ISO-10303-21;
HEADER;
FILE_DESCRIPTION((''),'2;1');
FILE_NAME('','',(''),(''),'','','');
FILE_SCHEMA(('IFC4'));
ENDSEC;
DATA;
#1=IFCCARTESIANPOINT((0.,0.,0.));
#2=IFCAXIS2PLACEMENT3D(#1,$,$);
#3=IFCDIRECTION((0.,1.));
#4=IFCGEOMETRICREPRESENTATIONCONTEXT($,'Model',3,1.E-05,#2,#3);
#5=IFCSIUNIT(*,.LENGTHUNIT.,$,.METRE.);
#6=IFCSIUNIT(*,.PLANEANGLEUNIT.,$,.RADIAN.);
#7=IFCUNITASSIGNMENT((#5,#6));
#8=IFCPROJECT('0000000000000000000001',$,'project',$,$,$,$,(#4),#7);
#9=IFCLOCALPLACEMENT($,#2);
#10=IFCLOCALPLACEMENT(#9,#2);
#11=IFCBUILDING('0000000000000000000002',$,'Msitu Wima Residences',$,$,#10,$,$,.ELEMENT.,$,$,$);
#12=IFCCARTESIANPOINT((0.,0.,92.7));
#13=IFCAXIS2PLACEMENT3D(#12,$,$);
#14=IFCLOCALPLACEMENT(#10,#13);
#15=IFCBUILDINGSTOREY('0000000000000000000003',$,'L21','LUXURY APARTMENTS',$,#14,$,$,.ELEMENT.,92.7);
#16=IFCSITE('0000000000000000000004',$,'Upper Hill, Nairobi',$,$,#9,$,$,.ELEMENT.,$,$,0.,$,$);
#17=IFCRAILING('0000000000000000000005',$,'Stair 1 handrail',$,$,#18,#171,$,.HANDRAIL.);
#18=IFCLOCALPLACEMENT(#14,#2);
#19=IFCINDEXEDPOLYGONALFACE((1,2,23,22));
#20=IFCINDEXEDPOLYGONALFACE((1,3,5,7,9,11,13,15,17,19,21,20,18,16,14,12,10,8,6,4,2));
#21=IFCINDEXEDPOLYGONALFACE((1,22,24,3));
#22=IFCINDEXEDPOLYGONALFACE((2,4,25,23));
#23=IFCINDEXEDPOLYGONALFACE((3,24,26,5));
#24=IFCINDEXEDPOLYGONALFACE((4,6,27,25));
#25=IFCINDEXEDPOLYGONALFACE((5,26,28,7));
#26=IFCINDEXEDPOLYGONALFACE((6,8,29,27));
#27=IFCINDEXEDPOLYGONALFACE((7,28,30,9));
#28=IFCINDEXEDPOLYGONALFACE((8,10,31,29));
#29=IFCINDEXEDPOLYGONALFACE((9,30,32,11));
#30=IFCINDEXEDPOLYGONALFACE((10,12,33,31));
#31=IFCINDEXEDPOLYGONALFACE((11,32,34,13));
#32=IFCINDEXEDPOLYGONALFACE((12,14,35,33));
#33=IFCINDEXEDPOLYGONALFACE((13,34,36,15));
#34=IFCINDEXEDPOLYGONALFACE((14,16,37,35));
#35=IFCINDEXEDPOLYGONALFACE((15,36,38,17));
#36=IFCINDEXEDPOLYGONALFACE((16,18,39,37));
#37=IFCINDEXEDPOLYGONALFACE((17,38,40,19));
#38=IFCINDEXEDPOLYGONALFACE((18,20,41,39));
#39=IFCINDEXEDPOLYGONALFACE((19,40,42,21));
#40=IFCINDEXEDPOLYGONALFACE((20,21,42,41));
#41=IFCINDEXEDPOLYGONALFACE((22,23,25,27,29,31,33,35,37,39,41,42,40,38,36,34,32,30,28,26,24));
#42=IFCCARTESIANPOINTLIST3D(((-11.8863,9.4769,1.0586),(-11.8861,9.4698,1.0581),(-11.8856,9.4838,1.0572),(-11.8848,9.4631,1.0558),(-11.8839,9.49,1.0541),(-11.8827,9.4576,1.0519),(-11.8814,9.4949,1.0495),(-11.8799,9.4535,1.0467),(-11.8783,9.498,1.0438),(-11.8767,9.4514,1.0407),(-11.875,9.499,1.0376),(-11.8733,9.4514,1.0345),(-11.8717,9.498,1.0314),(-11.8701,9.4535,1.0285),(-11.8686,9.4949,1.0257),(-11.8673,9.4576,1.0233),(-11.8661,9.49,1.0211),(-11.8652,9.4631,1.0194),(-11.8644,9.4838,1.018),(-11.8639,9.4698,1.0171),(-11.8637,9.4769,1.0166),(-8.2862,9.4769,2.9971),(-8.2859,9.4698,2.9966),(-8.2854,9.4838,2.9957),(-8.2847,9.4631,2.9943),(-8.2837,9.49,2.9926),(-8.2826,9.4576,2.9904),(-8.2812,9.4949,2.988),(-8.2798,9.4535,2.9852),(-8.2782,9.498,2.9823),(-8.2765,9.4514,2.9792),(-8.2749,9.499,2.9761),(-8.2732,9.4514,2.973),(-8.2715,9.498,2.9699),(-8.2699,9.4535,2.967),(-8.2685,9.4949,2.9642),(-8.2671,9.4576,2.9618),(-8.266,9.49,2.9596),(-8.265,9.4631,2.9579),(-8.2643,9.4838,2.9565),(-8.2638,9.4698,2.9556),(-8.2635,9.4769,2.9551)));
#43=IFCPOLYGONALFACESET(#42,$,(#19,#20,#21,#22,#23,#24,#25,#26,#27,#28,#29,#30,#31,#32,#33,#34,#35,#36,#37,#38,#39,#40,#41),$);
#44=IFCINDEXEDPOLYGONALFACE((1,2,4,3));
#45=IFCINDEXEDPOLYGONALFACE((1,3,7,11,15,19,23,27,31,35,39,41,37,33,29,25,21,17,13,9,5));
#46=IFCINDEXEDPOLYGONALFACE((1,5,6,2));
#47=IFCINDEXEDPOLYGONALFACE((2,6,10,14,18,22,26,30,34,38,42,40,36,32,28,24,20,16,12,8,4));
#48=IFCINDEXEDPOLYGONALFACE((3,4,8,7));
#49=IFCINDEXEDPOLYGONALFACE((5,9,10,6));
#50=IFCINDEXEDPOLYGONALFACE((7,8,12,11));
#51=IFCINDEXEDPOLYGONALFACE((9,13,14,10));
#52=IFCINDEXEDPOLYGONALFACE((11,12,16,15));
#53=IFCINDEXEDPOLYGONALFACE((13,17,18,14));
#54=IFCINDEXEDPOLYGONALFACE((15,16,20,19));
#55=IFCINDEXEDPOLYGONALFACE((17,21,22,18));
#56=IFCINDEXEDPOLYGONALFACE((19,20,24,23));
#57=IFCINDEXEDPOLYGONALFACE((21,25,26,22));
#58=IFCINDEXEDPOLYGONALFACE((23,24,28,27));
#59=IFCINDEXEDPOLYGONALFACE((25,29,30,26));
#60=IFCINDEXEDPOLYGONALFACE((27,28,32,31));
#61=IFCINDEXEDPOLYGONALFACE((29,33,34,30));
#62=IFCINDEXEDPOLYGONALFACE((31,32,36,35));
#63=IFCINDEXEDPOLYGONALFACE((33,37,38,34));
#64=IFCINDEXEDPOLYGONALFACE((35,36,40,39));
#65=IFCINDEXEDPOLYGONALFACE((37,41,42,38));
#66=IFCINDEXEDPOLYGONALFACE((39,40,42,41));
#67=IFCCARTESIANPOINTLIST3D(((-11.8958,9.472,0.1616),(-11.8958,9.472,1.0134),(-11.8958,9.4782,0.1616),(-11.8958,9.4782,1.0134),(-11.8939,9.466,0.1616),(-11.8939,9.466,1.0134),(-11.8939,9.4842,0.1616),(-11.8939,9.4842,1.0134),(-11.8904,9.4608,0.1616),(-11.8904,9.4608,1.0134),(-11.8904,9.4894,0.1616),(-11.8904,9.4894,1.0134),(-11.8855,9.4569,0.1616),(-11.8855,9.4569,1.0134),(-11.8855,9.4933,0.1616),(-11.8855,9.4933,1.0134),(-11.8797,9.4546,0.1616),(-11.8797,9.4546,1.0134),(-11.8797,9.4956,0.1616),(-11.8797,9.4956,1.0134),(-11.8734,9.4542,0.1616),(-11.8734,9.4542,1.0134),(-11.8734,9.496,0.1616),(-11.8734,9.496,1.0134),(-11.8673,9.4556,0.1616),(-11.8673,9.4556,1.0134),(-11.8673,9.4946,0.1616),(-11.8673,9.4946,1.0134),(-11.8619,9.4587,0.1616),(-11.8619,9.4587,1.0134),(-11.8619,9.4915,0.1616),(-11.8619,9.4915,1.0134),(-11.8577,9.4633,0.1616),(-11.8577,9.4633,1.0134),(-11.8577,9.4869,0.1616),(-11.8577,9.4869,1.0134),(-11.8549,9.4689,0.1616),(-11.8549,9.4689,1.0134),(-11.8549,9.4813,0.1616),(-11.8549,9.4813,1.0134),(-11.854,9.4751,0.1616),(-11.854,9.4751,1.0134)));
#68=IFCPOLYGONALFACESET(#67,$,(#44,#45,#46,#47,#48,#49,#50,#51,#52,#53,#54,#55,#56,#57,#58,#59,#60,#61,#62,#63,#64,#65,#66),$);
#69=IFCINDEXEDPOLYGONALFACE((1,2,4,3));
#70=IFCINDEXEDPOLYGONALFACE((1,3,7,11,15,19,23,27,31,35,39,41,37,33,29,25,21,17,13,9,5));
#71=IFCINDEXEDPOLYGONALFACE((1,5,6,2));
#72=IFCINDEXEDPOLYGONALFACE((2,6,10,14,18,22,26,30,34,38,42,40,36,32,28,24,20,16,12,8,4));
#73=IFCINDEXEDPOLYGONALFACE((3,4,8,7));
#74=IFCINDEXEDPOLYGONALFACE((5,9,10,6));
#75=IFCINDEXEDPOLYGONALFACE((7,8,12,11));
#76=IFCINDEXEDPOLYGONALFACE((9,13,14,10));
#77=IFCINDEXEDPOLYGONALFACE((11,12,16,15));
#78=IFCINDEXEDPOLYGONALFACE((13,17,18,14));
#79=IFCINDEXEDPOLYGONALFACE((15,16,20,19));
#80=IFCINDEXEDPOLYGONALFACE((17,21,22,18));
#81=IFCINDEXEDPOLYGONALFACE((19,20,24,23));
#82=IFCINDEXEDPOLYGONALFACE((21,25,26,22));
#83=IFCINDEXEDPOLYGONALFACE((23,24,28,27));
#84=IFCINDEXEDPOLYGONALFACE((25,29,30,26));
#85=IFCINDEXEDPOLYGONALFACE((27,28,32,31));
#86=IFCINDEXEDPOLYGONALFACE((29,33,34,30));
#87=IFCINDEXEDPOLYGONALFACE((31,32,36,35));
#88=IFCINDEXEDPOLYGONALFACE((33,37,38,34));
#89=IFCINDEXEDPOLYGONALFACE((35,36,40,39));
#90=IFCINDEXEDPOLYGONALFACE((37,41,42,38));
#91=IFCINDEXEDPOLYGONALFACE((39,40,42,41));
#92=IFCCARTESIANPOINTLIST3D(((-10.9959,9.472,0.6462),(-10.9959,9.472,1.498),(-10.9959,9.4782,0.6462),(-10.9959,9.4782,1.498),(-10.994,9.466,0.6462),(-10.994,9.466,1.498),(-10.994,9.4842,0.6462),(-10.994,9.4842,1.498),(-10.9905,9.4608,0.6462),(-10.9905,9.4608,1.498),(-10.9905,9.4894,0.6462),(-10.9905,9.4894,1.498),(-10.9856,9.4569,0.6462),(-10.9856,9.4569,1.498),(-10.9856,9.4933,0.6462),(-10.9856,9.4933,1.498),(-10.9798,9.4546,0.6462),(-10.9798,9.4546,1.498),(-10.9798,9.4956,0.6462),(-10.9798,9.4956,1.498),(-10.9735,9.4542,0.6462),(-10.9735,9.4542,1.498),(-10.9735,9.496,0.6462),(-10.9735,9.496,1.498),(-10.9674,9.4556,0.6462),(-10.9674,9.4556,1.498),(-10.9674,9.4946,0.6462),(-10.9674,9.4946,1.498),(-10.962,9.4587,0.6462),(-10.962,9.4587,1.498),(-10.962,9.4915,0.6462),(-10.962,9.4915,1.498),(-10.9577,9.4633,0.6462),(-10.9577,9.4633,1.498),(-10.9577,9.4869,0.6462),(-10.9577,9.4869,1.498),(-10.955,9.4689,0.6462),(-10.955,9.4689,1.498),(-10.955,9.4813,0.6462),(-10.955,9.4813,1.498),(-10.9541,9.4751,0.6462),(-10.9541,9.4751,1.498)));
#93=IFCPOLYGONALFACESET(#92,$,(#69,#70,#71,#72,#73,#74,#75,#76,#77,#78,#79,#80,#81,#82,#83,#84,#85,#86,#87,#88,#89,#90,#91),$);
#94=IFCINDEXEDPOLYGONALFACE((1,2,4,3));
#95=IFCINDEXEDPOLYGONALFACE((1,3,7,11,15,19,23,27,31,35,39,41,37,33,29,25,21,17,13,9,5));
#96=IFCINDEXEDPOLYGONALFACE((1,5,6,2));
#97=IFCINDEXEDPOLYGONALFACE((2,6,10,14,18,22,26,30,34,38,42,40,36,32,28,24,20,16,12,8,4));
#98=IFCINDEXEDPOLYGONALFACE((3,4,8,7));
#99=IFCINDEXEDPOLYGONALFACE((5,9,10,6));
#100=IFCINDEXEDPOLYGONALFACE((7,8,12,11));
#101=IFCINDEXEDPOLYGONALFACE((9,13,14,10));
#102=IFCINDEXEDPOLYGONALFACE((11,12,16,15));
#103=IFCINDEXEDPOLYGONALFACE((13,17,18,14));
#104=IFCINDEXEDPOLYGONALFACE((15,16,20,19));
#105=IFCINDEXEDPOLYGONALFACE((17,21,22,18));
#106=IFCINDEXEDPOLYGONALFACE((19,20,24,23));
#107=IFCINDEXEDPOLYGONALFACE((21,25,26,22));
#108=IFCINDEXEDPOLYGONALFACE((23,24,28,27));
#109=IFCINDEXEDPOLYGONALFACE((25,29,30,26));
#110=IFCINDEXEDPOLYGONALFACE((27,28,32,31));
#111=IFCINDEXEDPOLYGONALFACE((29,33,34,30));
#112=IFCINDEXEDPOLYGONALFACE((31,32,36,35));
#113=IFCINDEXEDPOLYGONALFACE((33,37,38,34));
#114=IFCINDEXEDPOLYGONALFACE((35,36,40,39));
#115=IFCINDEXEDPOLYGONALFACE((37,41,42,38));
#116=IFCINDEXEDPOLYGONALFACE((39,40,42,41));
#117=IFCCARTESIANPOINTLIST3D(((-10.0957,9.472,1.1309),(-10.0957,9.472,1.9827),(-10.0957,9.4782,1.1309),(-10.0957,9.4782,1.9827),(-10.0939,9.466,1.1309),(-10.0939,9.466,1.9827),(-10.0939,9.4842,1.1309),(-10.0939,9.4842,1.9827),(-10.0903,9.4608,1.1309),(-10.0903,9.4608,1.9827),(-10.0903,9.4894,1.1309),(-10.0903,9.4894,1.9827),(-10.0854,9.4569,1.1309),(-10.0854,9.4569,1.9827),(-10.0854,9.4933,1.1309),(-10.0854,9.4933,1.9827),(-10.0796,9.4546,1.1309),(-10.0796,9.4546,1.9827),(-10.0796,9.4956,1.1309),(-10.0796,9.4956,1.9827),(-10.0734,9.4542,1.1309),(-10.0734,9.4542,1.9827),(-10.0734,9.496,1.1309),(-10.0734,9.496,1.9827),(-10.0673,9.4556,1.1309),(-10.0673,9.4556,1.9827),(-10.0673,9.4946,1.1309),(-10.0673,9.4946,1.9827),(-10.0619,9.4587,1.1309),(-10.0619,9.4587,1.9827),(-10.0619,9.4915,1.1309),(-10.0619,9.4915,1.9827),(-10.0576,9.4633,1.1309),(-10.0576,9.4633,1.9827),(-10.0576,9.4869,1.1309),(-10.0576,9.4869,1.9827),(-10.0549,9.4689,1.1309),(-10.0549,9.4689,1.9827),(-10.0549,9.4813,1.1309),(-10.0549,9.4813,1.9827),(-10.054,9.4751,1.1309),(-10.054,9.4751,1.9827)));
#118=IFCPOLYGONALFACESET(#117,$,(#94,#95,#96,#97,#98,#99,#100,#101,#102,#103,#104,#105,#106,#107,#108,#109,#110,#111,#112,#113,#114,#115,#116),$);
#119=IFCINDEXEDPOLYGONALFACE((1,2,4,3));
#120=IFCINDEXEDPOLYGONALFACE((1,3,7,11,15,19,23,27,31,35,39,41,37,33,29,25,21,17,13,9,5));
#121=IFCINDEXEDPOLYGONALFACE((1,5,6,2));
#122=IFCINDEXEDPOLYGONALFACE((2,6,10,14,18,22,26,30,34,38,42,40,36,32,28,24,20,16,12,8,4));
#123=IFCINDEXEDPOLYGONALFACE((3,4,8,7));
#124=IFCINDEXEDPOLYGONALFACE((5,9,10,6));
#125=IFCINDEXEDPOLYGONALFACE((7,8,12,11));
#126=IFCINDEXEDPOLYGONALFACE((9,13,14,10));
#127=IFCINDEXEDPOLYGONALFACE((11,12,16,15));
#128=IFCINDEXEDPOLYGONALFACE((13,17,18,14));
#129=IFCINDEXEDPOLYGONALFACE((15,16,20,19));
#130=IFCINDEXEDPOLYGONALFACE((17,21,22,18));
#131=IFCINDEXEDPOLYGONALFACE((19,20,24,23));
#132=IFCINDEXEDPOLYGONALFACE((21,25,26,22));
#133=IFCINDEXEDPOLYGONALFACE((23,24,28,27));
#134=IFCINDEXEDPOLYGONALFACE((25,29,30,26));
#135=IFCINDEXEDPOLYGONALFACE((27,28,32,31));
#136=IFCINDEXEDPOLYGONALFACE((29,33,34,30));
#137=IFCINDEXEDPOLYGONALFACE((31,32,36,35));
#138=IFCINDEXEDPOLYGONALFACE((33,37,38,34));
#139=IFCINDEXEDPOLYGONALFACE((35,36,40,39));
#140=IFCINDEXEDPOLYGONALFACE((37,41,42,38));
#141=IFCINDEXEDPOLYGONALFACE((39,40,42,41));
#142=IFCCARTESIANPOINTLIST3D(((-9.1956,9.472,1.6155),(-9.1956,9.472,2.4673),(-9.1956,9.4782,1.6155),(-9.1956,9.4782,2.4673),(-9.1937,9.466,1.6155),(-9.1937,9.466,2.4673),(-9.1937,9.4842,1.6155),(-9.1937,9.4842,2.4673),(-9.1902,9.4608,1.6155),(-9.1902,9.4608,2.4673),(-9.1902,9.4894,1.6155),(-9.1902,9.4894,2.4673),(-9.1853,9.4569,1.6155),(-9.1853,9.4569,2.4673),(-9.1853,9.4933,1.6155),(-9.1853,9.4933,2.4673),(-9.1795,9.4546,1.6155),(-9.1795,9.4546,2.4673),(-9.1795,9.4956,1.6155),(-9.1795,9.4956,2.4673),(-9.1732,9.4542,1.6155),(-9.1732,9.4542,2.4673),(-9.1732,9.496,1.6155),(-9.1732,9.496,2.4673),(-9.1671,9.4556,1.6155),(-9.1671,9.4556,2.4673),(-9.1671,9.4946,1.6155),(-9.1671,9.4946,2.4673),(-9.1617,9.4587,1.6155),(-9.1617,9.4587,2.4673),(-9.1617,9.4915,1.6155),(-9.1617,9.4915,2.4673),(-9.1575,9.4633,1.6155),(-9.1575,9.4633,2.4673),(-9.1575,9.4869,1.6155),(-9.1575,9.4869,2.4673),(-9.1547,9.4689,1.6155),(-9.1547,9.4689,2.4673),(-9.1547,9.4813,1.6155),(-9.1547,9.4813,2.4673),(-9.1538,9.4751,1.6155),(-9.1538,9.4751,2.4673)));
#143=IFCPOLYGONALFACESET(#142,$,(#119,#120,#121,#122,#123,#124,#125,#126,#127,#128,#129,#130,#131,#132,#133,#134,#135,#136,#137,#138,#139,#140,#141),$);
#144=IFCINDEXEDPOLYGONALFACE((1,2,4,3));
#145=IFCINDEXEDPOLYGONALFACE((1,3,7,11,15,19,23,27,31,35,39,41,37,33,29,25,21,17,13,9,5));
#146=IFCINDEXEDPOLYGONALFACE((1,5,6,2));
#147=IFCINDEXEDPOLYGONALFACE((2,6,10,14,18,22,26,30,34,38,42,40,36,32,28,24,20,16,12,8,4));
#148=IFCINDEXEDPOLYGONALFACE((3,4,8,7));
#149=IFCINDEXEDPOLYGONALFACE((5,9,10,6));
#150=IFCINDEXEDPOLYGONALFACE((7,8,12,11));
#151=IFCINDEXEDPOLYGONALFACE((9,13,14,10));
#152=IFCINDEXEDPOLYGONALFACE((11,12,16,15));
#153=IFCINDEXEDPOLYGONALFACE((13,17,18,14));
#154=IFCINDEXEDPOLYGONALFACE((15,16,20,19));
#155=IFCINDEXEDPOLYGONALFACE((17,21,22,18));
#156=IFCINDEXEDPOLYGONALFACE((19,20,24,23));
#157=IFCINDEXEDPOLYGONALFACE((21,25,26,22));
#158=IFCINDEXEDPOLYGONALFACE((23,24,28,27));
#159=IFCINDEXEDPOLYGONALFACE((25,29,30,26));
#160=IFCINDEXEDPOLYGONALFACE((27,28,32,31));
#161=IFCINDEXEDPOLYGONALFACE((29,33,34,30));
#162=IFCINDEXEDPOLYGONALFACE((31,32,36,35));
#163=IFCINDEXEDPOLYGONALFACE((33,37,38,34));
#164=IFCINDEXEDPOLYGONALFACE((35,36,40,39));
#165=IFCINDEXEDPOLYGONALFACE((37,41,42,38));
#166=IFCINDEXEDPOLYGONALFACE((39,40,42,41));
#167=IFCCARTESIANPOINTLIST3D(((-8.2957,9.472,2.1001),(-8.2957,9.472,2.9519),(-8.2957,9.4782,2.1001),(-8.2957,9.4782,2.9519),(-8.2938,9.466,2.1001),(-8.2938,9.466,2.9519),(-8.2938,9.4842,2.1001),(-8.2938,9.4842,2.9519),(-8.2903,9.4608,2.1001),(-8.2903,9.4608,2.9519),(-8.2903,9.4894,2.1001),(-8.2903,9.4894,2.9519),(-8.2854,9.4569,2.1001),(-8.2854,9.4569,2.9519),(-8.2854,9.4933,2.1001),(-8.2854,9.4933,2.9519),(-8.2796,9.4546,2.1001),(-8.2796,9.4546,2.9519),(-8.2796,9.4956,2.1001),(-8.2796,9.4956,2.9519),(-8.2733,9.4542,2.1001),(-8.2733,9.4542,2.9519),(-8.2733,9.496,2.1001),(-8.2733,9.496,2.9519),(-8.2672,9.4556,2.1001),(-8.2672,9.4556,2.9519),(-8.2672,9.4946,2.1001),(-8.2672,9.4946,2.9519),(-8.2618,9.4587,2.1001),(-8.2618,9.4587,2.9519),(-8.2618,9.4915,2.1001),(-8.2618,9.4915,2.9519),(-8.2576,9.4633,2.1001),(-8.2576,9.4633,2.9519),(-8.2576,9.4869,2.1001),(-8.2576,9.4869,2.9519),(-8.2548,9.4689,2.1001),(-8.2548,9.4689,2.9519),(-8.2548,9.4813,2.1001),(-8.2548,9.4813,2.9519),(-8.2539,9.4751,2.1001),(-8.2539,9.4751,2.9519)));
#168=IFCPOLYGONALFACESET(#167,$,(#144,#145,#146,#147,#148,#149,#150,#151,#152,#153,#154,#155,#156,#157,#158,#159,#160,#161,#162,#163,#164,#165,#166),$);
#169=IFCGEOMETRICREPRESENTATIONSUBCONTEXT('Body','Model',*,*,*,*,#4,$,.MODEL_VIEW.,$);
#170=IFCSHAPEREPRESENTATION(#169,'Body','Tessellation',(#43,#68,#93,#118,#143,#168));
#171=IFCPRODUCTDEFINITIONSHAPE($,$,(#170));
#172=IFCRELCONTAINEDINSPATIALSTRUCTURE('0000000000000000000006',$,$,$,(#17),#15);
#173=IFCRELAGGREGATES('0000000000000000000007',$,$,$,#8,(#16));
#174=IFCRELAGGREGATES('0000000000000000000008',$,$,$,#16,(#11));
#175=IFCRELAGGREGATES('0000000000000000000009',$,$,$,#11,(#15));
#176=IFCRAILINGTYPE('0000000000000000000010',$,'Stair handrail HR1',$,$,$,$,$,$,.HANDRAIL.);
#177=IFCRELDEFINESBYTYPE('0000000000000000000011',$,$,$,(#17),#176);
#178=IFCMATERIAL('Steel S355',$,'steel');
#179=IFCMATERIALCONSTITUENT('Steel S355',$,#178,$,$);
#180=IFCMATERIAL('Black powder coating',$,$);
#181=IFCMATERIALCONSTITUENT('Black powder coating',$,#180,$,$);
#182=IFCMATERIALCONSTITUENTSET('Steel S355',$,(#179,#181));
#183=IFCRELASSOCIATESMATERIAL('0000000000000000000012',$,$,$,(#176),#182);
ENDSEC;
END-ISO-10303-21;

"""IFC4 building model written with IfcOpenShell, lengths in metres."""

from ifc_helpers import new_model, si_unit, direction, frame, origin, origin_2d, place, context, subcontext, project, spatial, circle, extrude, material, constituent, constituent_set, type_object, element, save


model = new_model("IFC4")

# Units and contexts
model_context = context("Model", 3, precision=1e-05, world=origin(), true_north=direction((0.0, 1.0)))
body_context = subcontext(model_context, "Body", "Model", "MODEL_VIEW")
ifc_project = project(units=[si_unit("LENGTHUNIT", "METRE"), si_unit("PLANEANGLEUNIT", "RADIAN")], contexts=[model_context])

# Site, building, storey
site_placement = place(None, origin())
site = spatial("IfcSite", under=ifc_project, at=site_placement, Name="Upper Hill, Nairobi", CompositionType="ELEMENT", RefElevation=0.0)
building_placement = place(site_placement, origin())
building = spatial("IfcBuilding", under=site, at=building_placement, Name="Msitu Wima Residences", CompositionType="ELEMENT")
storey_placement = place(building_placement, frame((0.0, 0.0, 92.7)))
storey = spatial("IfcBuildingStorey", under=building, at=storey_placement, Name="L21", Description="LUXURY APARTMENTS", CompositionType="ELEMENT", Elevation=92.7)

# Railing
ifc_material_1 = material(Name="Steel S355", Category="steel")
ifc_constituent_1 = constituent(ifc_material_1, Name="Steel S355")
ifc_material_2 = material(Name="Black powder coating")
ifc_constituent_2 = constituent(ifc_material_2, Name="Black powder coating")
ifc_constituent_set = constituent_set(constituents=[ifc_constituent_1, ifc_constituent_2], Name="Steel S355")
railing_type = type_object("IfcRailingType", Name="Stair handrail HR1", PredefinedType="HANDRAIL", material=ifc_constituent_set)
for number, where, name in (
    (1, (-11.875, 9.4751, 0.1616), "Stair 1 handrail"),
):
    element("IfcRailing", number, at=place(storey_placement, frame(where)), inside=storey, type_object=railing_type, Name=name, PredefinedType="HANDRAIL", context=body_context, shape_type="SweptSolid", body=[
        extrude(circle(Radius=0.0239, at=origin_2d()), frame((0.0, 0.0, 0.876), z_axis=(0.880475, 0.0, 0.474093), x_axis=(0.0, 1.0, 0.0)), (0.0, 0.0, 1.0), 4.0889),
        extrude(circle(Radius=0.021, at=origin_2d()), origin(), (0.0, 0.0, 1.0), 0.8518),
        extrude(circle(Radius=0.021, at=origin_2d()), frame((0.8999, 0.0, 0.4846)), (0.0, 0.0, 1.0), 0.8518),
        extrude(circle(Radius=0.021, at=origin_2d()), frame((1.8, 0.0, 0.9692)), (0.0, 0.0, 1.0), 0.8518),
        extrude(circle(Radius=0.021, at=origin_2d()), frame((2.7002, 0.0, 1.4539)), (0.0, 0.0, 1.0), 0.8518),
        extrude(circle(Radius=0.021, at=origin_2d()), frame((3.6001, 0.0, 1.9385)), (0.0, 0.0, 1.0), 0.8518),
    ])

save(model, "model.ifc")
